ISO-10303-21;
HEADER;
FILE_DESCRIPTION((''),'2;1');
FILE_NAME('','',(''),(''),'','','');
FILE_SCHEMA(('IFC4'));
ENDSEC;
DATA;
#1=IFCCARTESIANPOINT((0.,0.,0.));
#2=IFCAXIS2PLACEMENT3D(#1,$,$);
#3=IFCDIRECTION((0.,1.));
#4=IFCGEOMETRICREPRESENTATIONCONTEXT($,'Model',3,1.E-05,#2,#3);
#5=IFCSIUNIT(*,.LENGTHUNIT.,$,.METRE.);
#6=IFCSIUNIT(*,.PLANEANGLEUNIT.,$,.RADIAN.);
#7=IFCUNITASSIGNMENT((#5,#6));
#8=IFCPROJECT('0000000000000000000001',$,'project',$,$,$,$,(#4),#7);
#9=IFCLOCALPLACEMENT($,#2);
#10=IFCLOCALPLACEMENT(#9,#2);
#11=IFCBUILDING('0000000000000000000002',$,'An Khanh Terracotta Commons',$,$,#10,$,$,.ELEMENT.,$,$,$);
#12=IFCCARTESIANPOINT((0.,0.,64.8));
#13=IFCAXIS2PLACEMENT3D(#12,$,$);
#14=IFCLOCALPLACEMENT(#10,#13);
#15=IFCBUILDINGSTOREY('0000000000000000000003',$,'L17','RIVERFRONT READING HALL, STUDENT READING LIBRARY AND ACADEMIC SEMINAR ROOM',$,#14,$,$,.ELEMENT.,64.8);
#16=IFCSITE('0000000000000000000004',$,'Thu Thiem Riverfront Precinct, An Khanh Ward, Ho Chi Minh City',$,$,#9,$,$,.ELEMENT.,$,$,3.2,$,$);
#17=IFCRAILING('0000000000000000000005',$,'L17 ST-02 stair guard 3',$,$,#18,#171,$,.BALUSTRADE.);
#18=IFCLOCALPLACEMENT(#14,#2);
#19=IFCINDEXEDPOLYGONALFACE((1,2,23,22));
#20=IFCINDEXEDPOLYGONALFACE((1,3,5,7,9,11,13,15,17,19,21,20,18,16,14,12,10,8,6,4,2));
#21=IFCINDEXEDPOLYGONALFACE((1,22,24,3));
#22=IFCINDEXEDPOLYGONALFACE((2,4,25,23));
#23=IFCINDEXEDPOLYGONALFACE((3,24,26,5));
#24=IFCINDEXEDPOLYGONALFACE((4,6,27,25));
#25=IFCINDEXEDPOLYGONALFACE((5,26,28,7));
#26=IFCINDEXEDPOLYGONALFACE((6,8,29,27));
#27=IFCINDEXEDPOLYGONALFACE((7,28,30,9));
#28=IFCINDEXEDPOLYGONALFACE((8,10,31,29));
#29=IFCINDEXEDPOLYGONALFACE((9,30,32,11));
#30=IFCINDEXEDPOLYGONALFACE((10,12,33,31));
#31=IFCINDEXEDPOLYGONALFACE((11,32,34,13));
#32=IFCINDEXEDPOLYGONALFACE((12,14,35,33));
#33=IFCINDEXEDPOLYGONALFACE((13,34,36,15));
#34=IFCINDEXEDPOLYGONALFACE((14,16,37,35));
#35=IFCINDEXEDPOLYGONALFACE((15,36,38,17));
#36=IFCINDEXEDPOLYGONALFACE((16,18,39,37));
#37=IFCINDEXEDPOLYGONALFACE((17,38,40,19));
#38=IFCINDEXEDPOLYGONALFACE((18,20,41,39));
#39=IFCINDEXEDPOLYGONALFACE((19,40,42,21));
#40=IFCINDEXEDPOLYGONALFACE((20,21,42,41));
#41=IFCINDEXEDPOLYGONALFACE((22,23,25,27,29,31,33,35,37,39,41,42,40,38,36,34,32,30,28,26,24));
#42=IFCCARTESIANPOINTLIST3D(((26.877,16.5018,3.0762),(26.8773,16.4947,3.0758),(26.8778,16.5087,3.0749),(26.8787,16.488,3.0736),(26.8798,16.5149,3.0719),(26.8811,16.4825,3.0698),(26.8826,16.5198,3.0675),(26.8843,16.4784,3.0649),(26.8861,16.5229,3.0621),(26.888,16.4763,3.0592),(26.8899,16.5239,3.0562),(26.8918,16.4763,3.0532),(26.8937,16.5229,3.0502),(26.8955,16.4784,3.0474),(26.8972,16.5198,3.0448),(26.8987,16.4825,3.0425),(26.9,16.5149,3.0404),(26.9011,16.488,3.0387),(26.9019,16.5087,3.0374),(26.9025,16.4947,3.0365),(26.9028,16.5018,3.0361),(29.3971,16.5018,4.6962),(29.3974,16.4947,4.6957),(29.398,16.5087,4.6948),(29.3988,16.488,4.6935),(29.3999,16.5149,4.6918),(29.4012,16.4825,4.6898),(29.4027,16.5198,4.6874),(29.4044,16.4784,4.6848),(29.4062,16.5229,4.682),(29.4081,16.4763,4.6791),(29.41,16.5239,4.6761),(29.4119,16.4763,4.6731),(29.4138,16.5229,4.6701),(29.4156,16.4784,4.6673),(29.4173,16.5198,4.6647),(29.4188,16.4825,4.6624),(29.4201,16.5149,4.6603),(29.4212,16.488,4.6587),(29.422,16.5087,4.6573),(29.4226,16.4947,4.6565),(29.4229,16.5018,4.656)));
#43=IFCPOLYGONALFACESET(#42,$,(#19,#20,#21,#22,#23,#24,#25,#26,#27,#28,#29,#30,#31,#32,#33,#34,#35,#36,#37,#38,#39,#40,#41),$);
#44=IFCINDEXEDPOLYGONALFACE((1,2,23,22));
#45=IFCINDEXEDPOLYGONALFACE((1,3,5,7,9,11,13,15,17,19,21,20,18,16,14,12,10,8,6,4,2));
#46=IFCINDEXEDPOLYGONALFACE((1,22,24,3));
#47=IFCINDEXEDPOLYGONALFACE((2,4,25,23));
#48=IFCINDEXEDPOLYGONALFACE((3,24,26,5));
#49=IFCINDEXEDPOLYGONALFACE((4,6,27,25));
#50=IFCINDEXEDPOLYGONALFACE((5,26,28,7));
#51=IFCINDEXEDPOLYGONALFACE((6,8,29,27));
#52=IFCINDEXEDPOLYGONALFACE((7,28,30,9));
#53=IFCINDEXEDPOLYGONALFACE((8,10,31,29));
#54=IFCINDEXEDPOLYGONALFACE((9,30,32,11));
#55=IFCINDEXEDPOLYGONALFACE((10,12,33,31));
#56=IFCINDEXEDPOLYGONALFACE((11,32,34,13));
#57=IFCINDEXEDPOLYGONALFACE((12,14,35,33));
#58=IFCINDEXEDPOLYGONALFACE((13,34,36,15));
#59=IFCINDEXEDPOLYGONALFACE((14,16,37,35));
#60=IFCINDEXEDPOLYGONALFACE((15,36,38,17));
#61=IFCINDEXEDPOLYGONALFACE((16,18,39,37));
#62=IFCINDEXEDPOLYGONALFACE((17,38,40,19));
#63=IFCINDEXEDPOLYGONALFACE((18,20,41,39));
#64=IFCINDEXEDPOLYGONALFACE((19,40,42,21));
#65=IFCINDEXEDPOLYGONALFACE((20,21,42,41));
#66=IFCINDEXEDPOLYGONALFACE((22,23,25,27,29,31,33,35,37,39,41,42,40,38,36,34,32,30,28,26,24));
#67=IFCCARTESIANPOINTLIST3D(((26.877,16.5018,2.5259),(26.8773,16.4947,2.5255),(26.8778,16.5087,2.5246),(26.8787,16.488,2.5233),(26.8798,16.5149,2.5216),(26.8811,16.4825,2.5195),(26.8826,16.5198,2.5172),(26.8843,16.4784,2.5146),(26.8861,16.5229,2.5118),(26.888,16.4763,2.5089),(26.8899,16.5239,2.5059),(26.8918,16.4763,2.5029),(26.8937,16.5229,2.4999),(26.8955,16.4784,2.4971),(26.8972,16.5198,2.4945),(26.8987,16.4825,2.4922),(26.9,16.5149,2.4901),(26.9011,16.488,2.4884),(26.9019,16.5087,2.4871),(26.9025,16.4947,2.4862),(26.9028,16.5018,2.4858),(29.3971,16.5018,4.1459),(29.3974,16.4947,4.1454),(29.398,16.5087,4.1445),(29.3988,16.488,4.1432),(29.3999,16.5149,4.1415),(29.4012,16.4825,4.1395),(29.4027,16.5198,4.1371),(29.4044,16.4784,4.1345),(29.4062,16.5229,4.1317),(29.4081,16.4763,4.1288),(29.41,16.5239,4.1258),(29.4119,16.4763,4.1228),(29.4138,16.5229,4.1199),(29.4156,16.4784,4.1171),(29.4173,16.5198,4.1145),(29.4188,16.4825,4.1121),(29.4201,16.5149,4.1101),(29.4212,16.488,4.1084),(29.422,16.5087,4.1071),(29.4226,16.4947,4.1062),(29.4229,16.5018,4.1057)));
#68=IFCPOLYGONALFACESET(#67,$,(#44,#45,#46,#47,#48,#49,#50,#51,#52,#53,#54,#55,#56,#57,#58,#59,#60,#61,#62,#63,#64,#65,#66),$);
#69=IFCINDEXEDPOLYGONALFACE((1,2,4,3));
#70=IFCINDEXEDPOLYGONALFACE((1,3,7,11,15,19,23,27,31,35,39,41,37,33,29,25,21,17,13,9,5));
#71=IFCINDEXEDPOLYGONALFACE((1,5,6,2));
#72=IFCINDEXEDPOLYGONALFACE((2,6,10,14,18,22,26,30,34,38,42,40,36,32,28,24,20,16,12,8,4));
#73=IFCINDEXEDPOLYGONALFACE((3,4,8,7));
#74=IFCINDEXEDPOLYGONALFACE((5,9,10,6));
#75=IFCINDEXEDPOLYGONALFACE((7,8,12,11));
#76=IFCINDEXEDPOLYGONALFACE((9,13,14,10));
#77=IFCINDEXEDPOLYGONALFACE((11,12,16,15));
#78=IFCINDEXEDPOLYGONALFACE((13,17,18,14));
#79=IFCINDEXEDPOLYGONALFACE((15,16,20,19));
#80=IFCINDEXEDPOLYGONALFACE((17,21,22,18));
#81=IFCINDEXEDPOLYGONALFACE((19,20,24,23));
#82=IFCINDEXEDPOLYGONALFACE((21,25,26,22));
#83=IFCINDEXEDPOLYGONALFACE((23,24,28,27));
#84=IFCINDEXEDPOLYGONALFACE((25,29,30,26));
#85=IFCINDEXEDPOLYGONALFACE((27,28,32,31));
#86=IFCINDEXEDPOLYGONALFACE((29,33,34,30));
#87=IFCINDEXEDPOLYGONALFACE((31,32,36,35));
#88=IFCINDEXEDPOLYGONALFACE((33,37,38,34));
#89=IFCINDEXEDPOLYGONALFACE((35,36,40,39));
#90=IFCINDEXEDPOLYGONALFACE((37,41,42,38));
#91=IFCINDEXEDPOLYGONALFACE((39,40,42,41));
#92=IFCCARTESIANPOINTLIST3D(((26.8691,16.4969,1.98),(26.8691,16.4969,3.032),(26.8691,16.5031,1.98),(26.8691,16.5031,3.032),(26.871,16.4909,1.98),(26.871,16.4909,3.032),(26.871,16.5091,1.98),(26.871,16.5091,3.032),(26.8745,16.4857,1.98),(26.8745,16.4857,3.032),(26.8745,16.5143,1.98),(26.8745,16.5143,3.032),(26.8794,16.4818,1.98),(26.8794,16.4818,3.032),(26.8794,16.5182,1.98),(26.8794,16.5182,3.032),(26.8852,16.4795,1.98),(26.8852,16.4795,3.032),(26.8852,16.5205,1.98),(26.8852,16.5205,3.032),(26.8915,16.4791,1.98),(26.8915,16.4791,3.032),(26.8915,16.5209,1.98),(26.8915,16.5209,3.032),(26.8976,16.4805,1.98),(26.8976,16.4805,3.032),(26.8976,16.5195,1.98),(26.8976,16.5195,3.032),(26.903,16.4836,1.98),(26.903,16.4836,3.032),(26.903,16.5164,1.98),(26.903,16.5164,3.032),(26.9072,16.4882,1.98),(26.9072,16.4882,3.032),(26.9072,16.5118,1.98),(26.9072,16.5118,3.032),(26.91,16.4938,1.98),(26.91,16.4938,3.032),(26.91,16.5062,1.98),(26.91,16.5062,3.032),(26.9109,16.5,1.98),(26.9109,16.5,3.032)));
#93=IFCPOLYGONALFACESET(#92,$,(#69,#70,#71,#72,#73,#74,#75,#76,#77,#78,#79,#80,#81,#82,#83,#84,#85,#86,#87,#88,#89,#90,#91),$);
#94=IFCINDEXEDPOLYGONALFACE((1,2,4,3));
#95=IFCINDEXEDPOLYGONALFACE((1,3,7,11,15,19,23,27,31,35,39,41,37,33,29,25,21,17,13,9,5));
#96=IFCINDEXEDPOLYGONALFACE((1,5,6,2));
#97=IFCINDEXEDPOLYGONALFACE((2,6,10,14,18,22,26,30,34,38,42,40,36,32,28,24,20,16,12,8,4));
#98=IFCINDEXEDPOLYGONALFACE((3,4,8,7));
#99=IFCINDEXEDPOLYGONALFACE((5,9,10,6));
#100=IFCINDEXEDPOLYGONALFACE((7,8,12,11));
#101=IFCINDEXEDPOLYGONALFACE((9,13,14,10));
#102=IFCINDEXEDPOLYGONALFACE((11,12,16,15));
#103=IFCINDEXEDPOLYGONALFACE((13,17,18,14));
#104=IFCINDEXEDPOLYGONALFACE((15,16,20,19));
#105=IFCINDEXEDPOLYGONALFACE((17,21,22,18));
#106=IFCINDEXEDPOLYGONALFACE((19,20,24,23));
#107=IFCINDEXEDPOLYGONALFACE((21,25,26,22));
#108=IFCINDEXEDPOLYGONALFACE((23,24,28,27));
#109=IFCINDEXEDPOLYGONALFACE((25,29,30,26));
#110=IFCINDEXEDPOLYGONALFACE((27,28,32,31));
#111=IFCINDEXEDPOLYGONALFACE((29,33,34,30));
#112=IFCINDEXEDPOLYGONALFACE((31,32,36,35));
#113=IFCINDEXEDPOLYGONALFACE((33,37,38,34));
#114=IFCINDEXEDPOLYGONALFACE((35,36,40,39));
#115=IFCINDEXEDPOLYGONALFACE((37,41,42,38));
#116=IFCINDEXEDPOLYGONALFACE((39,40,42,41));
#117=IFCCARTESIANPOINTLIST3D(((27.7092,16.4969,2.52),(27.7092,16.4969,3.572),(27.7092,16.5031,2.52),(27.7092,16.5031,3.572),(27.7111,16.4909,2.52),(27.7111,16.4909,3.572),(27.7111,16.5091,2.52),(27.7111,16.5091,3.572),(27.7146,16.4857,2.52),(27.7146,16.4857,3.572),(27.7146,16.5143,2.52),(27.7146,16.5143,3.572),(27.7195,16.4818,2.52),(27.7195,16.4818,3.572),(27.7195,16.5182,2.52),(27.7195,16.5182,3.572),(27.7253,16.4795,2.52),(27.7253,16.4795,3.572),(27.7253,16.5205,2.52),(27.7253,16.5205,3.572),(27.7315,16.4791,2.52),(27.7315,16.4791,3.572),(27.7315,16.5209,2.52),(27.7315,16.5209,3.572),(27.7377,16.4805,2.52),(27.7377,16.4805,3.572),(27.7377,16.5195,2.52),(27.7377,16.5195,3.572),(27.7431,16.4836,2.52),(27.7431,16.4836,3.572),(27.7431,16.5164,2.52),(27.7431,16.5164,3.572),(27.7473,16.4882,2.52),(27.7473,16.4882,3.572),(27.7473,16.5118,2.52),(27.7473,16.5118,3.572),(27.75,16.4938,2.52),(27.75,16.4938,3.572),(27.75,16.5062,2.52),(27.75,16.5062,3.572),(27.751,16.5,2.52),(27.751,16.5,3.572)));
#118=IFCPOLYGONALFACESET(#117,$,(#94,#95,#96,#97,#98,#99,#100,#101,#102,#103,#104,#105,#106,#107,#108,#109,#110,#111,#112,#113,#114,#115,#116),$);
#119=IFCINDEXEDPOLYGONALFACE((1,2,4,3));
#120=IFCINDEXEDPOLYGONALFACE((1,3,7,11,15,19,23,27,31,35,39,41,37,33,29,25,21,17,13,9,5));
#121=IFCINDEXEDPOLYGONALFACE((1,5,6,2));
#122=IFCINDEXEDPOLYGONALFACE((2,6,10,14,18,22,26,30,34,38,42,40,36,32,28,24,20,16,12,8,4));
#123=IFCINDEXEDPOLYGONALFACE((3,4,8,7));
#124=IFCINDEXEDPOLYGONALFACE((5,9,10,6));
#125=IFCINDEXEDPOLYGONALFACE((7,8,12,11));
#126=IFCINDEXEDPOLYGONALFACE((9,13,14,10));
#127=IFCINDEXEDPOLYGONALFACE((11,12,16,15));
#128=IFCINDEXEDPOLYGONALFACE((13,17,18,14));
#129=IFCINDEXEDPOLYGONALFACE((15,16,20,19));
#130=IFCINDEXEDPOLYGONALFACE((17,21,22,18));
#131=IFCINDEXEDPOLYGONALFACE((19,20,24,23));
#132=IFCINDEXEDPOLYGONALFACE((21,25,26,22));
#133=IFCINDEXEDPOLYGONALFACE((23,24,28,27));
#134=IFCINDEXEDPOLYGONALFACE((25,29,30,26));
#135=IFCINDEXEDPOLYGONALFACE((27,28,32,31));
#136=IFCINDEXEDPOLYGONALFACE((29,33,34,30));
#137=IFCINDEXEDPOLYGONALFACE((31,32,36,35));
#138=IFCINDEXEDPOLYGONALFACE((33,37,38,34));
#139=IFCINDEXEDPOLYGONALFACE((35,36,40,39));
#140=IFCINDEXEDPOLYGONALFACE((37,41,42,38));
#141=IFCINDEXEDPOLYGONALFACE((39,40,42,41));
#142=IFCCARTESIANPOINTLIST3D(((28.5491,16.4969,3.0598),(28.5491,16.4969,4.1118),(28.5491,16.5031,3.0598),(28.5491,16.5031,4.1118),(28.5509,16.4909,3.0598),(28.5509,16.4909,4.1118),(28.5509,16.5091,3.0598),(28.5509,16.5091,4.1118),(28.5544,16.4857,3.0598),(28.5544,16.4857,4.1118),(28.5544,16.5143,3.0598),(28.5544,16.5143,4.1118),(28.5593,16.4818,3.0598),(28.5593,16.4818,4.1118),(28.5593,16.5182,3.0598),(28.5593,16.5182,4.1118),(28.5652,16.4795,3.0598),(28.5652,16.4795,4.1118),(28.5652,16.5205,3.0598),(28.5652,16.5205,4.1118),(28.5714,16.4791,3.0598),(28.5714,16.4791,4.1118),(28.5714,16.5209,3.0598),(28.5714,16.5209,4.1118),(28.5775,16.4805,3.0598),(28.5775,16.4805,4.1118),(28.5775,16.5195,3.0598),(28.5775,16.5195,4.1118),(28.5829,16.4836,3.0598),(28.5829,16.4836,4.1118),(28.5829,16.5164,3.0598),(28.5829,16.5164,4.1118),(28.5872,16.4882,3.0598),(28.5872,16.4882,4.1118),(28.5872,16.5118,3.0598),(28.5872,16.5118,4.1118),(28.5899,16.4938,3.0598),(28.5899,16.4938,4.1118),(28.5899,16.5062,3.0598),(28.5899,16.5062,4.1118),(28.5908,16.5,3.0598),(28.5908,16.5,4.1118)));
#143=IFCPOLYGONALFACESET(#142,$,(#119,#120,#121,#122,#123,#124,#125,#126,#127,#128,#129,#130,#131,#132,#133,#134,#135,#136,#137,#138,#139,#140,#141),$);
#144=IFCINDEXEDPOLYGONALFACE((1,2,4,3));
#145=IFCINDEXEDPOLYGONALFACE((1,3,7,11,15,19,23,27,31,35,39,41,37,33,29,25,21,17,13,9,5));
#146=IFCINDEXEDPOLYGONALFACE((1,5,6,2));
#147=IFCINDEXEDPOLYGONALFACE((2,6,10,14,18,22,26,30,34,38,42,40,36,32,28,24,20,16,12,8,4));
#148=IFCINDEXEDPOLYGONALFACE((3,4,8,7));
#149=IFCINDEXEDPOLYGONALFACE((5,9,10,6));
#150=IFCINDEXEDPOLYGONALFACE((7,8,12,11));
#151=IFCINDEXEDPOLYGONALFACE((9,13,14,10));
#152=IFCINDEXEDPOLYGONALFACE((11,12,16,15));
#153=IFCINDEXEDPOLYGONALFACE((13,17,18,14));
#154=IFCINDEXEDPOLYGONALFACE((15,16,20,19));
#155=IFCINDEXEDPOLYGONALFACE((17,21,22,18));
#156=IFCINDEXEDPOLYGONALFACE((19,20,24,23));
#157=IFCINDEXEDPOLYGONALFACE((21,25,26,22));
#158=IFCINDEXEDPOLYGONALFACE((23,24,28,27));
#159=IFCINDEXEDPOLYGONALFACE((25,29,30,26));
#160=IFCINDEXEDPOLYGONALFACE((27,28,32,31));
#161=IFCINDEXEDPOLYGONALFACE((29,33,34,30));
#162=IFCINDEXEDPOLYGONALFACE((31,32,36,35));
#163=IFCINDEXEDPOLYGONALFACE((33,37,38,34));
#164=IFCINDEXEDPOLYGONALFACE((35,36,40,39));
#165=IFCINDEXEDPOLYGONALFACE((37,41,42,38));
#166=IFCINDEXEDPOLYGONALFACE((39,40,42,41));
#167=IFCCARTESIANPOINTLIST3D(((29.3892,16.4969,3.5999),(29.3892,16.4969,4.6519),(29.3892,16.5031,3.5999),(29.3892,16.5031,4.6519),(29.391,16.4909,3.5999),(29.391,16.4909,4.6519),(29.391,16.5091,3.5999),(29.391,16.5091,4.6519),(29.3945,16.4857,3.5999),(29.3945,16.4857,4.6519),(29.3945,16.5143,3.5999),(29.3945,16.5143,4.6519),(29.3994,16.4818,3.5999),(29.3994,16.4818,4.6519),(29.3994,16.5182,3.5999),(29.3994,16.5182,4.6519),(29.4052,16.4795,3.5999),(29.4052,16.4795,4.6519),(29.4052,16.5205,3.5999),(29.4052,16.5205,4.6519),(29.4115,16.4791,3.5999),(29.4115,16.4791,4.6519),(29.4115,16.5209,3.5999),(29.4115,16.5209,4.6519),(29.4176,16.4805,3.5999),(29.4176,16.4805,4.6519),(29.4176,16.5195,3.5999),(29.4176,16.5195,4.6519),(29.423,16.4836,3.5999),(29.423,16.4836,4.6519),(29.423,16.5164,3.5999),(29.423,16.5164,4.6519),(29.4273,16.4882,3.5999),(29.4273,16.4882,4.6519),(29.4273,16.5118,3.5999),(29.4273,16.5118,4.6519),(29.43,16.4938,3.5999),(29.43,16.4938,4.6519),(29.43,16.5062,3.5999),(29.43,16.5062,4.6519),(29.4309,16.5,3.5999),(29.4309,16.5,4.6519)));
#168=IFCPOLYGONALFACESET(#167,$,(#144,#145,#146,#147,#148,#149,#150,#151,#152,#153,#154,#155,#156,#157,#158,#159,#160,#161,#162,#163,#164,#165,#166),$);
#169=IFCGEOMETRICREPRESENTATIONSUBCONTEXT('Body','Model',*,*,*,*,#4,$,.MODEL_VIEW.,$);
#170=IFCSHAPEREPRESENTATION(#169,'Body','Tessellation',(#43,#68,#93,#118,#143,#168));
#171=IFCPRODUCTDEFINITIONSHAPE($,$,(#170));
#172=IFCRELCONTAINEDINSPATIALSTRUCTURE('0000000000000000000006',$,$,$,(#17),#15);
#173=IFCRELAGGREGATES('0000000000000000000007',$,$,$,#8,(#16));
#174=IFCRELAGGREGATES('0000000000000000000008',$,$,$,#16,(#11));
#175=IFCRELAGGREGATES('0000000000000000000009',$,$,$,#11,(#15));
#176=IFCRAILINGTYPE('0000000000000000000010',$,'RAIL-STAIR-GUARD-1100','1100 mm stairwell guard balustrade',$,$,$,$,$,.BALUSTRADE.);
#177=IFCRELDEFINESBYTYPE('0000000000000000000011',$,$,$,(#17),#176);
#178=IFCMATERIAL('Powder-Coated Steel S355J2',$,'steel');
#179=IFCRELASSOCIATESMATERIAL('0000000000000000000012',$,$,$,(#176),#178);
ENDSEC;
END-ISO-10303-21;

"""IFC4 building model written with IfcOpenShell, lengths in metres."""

from ifc_helpers import new_model, si_unit, direction, frame, origin, origin_2d, place, context, subcontext, project, spatial, circle, extrude, material, type_object, element, save


model = new_model("IFC4")

# Units and contexts
model_context = context("Model", 3, precision=1e-05, world=origin(), true_north=direction((0.0, 1.0)))
body_context = subcontext(model_context, "Body", "Model", "MODEL_VIEW")
ifc_project = project(units=[si_unit("LENGTHUNIT", "METRE"), si_unit("PLANEANGLEUNIT", "RADIAN")], contexts=[model_context])

# Site, building, storey
site_placement = place(None, origin())
site = spatial("IfcSite", under=ifc_project, at=site_placement, Name="Thu Thiem Riverfront Precinct, An Khanh Ward, Ho Chi Minh City", CompositionType="ELEMENT", RefElevation=3.2)
building_placement = place(site_placement, origin())
building = spatial("IfcBuilding", under=site, at=building_placement, Name="An Khanh Terracotta Commons", CompositionType="ELEMENT")
storey_placement = place(building_placement, frame((0.0, 0.0, 64.8)))
storey = spatial("IfcBuildingStorey", under=building, at=storey_placement, Name="L17", Description="RIVERFRONT READING HALL, STUDENT READING LIBRARY AND ACADEMIC SEMINAR ROOM", CompositionType="ELEMENT", Elevation=64.8)

# Railing
ifc_material_1 = material(Name="Powder-Coated Steel S355J2", Category="steel")
railing_type_1 = type_object("IfcRailingType", Name="RAIL-STAIR-GUARD-1100", Description="1100 mm stairwell guard balustrade", PredefinedType="BALUSTRADE", material=ifc_material_1)
railing_1_placement = place(storey_placement, frame((26.8899, 16.5, 1.98)))
element("IfcRailing", 1, at=railing_1_placement, inside=storey, type_object=railing_type_1, Name="L17 ST-02 stair guard 3", PredefinedType="BALUSTRADE", context=body_context, shape_type="SweptSolid", body=[
    extrude(circle(Radius=0.0239, at=origin_2d()), frame((0.0, 0.0, 1.0762), z_axis=(0.8412, 0.0, 0.540725), x_axis=(0.0, 1.0, 0.0)), (0.0, 0.0, 1.0), 2.9958),
    extrude(circle(Radius=0.0239, at=origin_2d()), frame((0.0, 0.0, 0.5259), z_axis=(0.8412, 0.0, 0.540725), x_axis=(0.0, 1.0, 0.0)), (0.0, 0.0, 1.0), 2.9958),
    extrude(circle(Radius=0.021, at=origin_2d()), origin(), (0.0, 0.0, 1.0), 1.052),
    extrude(circle(Radius=0.021, at=origin_2d()), frame((0.8401, 0.0, 0.54)), (0.0, 0.0, 1.0), 1.052),
    extrude(circle(Radius=0.021, at=origin_2d()), frame((1.6799, 0.0, 1.0798)), (0.0, 0.0, 1.0), 1.052),
    extrude(circle(Radius=0.021, at=origin_2d()), frame((2.52, 0.0, 1.6199)), (0.0, 0.0, 1.0), 1.052),
])

save(model, "model.ifc")
